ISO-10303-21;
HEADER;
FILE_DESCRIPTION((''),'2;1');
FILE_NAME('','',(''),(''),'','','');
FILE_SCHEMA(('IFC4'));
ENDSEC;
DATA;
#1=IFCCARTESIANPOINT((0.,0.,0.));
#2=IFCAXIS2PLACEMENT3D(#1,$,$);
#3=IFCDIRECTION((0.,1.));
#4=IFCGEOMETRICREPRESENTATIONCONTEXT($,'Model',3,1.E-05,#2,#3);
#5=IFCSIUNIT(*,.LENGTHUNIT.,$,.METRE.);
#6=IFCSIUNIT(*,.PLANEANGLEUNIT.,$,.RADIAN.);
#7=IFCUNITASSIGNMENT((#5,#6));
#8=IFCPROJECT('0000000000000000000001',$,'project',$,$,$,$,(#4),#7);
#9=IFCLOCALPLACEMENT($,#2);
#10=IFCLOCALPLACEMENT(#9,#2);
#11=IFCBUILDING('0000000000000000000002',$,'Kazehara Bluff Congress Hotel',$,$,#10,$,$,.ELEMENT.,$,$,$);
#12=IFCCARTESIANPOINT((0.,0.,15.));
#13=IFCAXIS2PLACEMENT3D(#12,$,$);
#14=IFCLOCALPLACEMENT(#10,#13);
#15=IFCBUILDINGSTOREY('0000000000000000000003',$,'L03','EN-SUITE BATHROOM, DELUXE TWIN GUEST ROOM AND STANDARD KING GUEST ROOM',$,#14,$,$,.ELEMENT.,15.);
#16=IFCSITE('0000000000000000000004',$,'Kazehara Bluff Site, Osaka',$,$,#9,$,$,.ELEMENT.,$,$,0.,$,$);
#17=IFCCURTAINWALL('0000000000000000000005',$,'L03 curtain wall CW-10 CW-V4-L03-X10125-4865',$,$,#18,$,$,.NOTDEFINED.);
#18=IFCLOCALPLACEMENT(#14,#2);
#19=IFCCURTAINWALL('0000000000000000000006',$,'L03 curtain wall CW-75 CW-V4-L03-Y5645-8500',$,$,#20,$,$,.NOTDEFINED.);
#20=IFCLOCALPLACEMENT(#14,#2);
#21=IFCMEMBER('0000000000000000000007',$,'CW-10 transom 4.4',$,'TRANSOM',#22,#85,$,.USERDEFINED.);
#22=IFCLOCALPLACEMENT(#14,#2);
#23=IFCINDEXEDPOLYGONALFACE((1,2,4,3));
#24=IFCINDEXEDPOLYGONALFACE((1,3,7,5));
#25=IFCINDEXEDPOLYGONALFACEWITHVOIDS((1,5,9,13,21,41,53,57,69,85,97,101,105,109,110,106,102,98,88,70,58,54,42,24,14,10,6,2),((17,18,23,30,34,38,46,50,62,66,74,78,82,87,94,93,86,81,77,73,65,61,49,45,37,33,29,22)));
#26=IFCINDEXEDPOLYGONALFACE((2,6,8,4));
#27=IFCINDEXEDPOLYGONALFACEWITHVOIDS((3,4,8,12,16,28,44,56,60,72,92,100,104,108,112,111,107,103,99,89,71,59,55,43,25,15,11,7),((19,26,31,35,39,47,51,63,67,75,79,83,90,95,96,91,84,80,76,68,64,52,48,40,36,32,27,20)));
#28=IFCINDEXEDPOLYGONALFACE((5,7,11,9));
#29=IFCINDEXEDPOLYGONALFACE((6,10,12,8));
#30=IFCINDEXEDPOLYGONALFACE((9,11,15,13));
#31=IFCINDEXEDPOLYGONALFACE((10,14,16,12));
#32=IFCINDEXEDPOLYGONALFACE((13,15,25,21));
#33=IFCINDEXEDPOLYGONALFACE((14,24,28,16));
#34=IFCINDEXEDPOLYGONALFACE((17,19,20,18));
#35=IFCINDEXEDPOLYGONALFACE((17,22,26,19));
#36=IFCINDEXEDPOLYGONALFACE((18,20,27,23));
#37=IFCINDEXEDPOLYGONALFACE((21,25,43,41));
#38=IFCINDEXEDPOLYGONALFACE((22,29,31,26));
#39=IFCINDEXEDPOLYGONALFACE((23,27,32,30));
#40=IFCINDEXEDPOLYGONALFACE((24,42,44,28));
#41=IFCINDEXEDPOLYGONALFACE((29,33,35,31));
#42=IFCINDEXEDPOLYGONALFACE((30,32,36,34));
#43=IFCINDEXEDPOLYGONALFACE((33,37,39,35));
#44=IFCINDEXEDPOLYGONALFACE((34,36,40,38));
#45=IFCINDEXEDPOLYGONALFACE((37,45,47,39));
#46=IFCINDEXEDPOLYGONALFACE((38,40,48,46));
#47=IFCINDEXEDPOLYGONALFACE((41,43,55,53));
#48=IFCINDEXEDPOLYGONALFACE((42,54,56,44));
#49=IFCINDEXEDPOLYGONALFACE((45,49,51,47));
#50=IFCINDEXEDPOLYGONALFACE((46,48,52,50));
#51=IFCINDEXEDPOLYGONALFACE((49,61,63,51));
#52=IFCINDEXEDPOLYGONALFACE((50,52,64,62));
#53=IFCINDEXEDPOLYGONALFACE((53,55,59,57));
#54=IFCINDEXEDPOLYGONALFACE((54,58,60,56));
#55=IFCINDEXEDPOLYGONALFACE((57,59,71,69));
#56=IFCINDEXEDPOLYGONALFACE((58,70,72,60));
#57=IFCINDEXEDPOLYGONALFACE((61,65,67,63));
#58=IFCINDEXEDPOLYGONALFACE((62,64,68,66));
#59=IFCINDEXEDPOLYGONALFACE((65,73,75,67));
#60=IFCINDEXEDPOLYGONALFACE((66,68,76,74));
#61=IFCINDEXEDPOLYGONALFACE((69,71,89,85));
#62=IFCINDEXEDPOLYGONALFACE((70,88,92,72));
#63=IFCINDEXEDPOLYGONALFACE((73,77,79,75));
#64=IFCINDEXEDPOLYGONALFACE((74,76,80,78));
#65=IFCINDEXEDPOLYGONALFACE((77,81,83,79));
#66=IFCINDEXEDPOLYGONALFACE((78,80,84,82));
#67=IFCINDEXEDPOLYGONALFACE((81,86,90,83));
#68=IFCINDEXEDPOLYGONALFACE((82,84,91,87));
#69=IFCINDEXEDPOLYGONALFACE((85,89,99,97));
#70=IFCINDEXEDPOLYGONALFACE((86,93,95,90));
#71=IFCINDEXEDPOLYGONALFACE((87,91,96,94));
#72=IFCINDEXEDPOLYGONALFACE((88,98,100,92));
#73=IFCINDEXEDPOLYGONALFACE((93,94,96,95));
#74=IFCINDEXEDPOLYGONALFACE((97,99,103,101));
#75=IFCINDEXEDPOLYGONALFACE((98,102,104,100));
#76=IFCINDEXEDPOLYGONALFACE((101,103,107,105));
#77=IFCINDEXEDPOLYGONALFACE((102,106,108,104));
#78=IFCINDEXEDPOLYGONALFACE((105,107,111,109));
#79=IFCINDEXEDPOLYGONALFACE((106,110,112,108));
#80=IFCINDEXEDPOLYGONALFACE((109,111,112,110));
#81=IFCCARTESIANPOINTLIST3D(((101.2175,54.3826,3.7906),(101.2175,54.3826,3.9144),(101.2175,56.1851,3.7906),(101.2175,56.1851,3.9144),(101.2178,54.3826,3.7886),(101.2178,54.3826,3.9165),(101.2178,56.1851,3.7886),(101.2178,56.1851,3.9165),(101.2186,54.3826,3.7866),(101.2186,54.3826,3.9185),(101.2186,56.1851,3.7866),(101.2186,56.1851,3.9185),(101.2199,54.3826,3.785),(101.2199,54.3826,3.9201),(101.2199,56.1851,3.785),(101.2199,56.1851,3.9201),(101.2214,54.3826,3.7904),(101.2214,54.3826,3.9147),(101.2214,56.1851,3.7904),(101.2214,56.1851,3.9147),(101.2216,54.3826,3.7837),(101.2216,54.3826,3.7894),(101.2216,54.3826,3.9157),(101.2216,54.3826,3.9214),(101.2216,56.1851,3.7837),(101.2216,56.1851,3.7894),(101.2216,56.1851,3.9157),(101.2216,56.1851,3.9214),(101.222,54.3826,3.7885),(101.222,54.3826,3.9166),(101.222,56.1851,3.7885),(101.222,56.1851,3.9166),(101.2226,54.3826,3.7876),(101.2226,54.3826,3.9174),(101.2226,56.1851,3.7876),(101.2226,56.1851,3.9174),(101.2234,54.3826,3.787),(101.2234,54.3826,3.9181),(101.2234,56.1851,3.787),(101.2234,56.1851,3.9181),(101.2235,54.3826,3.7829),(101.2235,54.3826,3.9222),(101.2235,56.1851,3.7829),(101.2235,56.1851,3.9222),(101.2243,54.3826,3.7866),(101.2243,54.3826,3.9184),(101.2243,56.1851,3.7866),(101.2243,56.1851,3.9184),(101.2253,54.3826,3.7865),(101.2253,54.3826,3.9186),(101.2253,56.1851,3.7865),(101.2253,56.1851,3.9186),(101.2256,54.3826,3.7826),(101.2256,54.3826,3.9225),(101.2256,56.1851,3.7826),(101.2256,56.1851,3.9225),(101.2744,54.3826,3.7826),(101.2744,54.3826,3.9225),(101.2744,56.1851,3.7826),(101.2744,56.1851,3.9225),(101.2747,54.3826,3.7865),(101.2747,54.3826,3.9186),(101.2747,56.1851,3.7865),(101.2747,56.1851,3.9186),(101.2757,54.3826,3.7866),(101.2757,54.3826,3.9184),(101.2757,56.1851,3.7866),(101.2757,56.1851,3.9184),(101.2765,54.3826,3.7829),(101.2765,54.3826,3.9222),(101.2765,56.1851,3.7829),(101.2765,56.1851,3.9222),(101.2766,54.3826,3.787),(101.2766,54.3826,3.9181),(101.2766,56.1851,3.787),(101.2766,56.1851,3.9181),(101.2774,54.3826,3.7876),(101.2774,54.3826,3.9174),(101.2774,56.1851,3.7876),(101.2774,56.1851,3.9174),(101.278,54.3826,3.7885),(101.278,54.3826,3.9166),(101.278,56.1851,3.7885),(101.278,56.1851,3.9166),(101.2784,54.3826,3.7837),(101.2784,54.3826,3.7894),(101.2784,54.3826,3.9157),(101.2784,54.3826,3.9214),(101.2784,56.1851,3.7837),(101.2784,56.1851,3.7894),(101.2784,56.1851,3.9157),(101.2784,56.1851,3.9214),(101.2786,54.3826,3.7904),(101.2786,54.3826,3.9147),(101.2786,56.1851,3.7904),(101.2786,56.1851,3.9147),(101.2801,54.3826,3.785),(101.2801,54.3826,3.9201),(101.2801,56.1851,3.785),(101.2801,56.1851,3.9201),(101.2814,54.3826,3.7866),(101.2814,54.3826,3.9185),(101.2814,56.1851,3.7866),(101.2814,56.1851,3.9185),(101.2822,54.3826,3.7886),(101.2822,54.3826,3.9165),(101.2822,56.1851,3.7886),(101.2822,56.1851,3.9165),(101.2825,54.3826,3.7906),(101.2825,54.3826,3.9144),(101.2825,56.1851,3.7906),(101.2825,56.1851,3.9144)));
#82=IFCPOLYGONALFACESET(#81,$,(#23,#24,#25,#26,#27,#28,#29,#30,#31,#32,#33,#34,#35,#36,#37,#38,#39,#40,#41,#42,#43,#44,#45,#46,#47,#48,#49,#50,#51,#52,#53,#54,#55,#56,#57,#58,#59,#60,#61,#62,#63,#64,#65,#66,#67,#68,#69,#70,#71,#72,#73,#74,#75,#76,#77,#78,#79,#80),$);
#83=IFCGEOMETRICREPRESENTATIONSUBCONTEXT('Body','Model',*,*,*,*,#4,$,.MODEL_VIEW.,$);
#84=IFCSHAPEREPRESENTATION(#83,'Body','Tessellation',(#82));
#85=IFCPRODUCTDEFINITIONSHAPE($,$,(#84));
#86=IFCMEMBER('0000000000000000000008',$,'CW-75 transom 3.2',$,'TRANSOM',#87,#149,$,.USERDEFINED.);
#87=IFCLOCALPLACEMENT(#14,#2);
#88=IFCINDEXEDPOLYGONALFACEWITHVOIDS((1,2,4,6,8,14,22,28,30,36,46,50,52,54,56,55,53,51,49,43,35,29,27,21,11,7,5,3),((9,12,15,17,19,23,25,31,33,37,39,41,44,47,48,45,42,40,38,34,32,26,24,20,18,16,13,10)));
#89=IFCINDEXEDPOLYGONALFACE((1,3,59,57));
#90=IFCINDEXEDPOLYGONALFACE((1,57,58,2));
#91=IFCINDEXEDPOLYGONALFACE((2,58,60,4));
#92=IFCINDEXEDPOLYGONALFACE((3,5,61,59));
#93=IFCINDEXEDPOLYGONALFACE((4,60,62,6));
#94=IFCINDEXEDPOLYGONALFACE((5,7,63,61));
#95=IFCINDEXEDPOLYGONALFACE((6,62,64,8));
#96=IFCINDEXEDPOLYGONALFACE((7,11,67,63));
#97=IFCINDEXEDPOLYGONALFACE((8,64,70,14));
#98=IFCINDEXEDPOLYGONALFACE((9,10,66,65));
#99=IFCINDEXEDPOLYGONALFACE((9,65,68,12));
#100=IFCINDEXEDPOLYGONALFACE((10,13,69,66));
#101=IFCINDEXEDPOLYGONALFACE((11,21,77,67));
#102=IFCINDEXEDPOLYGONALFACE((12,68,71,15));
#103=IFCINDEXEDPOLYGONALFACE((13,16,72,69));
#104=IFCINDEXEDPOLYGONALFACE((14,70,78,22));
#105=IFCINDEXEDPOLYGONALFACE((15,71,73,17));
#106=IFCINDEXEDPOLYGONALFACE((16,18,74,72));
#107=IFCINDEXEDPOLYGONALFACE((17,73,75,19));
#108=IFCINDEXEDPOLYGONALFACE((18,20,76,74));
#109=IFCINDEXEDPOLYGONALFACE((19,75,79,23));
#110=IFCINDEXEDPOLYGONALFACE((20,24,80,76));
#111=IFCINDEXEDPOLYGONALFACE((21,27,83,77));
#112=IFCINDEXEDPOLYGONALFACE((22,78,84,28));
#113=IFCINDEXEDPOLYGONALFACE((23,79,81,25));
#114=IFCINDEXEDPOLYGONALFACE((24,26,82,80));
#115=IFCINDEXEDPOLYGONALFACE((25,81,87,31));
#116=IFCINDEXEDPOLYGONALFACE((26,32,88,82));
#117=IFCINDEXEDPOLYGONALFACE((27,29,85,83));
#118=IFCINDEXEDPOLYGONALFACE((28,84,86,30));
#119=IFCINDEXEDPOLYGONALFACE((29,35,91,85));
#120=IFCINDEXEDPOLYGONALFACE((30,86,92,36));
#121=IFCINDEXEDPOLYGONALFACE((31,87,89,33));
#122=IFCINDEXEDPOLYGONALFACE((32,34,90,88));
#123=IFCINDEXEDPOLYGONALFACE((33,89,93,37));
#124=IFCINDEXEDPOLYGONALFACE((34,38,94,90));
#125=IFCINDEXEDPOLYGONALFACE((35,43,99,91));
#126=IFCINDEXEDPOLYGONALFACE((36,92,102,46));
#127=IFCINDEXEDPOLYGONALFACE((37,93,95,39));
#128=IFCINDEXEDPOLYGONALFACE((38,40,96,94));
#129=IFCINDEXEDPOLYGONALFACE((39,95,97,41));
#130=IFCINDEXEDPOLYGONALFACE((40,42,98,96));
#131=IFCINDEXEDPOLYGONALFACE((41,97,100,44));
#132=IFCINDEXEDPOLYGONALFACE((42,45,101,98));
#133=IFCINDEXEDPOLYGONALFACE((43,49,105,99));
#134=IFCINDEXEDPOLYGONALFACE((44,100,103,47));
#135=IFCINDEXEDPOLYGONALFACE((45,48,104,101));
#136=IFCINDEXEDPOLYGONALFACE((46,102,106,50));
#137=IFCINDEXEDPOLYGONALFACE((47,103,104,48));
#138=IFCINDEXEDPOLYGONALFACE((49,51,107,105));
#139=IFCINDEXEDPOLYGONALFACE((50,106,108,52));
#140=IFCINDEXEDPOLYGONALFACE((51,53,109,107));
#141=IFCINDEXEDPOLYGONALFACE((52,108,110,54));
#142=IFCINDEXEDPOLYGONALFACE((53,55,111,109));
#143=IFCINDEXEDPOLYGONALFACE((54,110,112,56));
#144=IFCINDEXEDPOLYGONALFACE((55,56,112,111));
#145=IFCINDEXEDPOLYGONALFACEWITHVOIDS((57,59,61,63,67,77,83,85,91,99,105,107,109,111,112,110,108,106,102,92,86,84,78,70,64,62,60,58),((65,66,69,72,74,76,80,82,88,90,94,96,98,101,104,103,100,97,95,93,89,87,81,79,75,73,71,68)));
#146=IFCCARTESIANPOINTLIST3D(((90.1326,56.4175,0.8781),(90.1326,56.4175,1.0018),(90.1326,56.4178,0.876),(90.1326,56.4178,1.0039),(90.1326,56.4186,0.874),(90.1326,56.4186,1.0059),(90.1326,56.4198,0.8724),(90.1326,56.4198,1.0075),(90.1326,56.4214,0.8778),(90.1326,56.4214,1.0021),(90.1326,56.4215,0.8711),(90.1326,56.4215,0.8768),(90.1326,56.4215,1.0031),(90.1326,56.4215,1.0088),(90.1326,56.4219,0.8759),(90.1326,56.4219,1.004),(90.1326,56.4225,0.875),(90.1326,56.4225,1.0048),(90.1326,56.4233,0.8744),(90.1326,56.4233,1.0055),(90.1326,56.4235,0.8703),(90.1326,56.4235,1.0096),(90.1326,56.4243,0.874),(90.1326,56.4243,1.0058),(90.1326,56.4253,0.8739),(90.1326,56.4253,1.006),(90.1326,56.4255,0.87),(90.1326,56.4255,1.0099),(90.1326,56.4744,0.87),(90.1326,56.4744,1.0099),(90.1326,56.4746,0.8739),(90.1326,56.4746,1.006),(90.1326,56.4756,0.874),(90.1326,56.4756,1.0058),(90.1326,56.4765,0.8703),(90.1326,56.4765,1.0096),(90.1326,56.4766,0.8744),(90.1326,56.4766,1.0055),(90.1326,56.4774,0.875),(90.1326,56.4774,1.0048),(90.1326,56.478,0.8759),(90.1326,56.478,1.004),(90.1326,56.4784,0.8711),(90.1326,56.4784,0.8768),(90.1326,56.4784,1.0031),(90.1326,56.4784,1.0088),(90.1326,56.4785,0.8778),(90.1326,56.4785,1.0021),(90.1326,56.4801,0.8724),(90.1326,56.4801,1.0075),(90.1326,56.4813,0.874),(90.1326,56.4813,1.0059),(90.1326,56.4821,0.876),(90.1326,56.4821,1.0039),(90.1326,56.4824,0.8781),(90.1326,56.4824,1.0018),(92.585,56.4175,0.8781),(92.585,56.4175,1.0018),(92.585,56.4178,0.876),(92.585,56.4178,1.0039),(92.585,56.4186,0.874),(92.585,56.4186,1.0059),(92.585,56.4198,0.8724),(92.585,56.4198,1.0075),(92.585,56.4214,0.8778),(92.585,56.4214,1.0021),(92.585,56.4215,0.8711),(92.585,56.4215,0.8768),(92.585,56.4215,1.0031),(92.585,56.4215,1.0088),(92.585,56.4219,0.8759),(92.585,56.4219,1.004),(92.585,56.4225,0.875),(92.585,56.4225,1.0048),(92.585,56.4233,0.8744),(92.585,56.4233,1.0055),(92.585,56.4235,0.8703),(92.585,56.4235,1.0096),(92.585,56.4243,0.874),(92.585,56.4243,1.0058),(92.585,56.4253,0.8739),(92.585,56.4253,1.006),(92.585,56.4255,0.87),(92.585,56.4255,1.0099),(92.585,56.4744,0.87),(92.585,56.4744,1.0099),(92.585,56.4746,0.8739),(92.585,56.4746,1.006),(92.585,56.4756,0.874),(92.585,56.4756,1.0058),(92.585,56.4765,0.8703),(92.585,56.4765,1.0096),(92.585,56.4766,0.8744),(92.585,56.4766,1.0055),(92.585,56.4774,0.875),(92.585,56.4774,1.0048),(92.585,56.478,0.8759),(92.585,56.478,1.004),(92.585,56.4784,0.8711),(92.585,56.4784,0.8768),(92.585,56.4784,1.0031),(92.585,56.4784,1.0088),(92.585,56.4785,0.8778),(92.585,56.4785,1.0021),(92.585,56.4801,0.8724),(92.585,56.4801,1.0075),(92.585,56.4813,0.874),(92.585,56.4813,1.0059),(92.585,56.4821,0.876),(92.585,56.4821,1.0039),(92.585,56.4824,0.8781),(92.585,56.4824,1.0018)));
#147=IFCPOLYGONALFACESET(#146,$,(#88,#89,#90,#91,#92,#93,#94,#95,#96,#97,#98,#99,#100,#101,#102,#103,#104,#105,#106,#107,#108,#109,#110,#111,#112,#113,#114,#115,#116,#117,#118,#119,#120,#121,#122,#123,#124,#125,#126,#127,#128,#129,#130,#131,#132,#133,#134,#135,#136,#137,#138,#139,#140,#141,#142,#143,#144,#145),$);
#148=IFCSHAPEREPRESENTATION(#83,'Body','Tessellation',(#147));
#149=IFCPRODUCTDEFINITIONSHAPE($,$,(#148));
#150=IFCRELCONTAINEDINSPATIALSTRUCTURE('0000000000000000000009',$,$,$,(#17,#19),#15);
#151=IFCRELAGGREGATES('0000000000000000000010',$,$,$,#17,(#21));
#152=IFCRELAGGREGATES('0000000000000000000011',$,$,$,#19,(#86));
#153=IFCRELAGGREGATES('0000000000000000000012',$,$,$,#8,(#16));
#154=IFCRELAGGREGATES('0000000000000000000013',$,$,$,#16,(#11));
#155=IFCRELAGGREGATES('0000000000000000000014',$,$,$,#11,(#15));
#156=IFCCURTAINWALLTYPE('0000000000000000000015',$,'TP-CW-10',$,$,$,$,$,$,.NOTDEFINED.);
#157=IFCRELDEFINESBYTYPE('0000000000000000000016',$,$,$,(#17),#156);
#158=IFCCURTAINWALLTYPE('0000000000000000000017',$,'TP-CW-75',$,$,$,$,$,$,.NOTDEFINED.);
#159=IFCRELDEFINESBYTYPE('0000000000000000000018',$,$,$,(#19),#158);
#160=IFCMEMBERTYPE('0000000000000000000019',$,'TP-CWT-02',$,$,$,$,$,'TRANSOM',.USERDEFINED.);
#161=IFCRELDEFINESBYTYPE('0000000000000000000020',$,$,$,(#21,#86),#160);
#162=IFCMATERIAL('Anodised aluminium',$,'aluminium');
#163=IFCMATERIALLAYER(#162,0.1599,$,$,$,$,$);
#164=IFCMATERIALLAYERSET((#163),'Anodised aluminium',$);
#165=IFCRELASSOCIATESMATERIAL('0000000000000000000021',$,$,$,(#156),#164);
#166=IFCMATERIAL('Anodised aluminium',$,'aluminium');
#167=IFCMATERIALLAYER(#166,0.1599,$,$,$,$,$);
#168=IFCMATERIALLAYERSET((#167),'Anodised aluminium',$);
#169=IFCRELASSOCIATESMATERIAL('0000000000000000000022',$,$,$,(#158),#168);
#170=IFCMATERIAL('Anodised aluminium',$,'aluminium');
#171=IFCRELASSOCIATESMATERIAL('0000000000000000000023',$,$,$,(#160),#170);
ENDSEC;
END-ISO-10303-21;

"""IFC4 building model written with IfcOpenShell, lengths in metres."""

from ifc_helpers import new_model, si_unit, direction, frame, origin, origin_2d, place, context, subcontext, project, spatial, hollow_rectangle, extrude, material, layer, layer_set, material_profile, profile_set, type_object, element, aggregate, save


model = new_model("IFC4")

# Units and contexts
model_context = context("Model", 3, precision=1e-05, world=origin(), true_north=direction((0.0, 1.0)))
body_context = subcontext(model_context, "Body", "Model", "MODEL_VIEW")
ifc_project = project(units=[si_unit("LENGTHUNIT", "METRE"), si_unit("PLANEANGLEUNIT", "RADIAN")], contexts=[model_context])

# Site, building, storey
site_placement = place(None, origin())
site = spatial("IfcSite", under=ifc_project, at=site_placement, Name="Kazehara Bluff Site, Osaka", CompositionType="ELEMENT", RefElevation=0.0)
building_placement = place(site_placement, origin())
building = spatial("IfcBuilding", under=site, at=building_placement, Name="Kazehara Bluff Congress Hotel", CompositionType="ELEMENT")
storey_placement = place(building_placement, frame((0.0, 0.0, 15.0)))
storey = spatial("IfcBuildingStorey", under=building, at=storey_placement, Name="L03", Description="EN-SUITE BATHROOM, DELUXE TWIN GUEST ROOM AND STANDARD KING GUEST ROOM", CompositionType="ELEMENT", Elevation=15.0)

# Curtain wall
ifc_material_1 = material(Name="Anodised aluminium", Category="aluminium")
ifc_layer_1 = layer(ifc_material_1, 0.1599)
ifc_layer_set_1 = layer_set([ifc_layer_1], Name="Anodised aluminium")
curtain_wall_type_1 = type_object("IfcCurtainWallType", Name="TP-CW-10", PredefinedType="NOTDEFINED", material=ifc_layer_set_1)
curtain_wall_1_placement = place(storey_placement, origin())
curtain_wall_1 = element("IfcCurtainWall", 1, at=curtain_wall_1_placement, inside=storey, type_object=curtain_wall_type_1, Name="L03 curtain wall CW-10 CW-V4-L03-X10125-4865", PredefinedType="NOTDEFINED")

# Curtain wall
ifc_material_2 = material(Name="Anodised aluminium", Category="aluminium")
ifc_layer_2 = layer(ifc_material_2, 0.1599)
ifc_layer_set_2 = layer_set([ifc_layer_2], Name="Anodised aluminium")
curtain_wall_type_2 = type_object("IfcCurtainWallType", Name="TP-CW-75", PredefinedType="NOTDEFINED", material=ifc_layer_set_2)
curtain_wall_2_placement = place(storey_placement, origin())
curtain_wall_2 = element("IfcCurtainWall", 2, at=curtain_wall_2_placement, inside=storey, type_object=curtain_wall_type_2, Name="L03 curtain wall CW-75 CW-V4-L03-Y5645-8500", PredefinedType="NOTDEFINED")

# Members
ifc_material_3 = material(Name="Anodised aluminium", Category="aluminium")
ifc_material_profile_1 = material_profile(ifc_material_3, hollow_rectangle(XDim=0.0649, YDim=0.1399, WallThickness=0.0039, InnerFilletRadius=0.0039, OuterFilletRadius=0.0081, at=origin_2d()))
ifc_profile_set_1 = profile_set([ifc_material_profile_1], Name="Anodised aluminium")
member_type_1 = type_object("IfcMemberType", Name="TP-CWT-02", ElementType="TRANSOM", PredefinedType="USERDEFINED", material=ifc_profile_set_1)
member_1_placement = place(storey_placement, frame((101.25, 54.3826, 3.8525), z_axis=(0.0, 1.0, 0.0), x_axis=(-1.0, 0.0, 0.0)))
member_1 = element("IfcMember", 3, at=member_1_placement, type_object=member_type_1, Name="CW-10 transom 4.4", ObjectType="TRANSOM", PredefinedType="USERDEFINED", context=body_context, shape_type="SweptSolid", body=[
    extrude(hollow_rectangle(XDim=0.0649, YDim=0.1399, WallThickness=0.0039, InnerFilletRadius=0.0039, OuterFilletRadius=0.0081, at=origin_2d()), origin(), (0.0, 0.0, 1.0), 1.8025),
])
member_2_placement = place(storey_placement, frame((90.1326, 56.45, 0.9399), z_axis=(1.0, 0.0, 0.0), x_axis=(0.0, 1.0, 0.0)))
member_2 = element("IfcMember", 4, at=member_2_placement, type_object=member_type_1, Name="CW-75 transom 3.2", ObjectType="TRANSOM", PredefinedType="USERDEFINED", context=body_context, shape_type="SweptSolid", body=[
    extrude(hollow_rectangle(XDim=0.0649, YDim=0.1399, WallThickness=0.0039, InnerFilletRadius=0.0039, OuterFilletRadius=0.0081, at=origin_2d()), origin(), (0.0, 0.0, 1.0), 2.4524),
])

aggregate(curtain_wall_1, [member_1])
aggregate(curtain_wall_2, [member_2])

save(model, "model.ifc")
